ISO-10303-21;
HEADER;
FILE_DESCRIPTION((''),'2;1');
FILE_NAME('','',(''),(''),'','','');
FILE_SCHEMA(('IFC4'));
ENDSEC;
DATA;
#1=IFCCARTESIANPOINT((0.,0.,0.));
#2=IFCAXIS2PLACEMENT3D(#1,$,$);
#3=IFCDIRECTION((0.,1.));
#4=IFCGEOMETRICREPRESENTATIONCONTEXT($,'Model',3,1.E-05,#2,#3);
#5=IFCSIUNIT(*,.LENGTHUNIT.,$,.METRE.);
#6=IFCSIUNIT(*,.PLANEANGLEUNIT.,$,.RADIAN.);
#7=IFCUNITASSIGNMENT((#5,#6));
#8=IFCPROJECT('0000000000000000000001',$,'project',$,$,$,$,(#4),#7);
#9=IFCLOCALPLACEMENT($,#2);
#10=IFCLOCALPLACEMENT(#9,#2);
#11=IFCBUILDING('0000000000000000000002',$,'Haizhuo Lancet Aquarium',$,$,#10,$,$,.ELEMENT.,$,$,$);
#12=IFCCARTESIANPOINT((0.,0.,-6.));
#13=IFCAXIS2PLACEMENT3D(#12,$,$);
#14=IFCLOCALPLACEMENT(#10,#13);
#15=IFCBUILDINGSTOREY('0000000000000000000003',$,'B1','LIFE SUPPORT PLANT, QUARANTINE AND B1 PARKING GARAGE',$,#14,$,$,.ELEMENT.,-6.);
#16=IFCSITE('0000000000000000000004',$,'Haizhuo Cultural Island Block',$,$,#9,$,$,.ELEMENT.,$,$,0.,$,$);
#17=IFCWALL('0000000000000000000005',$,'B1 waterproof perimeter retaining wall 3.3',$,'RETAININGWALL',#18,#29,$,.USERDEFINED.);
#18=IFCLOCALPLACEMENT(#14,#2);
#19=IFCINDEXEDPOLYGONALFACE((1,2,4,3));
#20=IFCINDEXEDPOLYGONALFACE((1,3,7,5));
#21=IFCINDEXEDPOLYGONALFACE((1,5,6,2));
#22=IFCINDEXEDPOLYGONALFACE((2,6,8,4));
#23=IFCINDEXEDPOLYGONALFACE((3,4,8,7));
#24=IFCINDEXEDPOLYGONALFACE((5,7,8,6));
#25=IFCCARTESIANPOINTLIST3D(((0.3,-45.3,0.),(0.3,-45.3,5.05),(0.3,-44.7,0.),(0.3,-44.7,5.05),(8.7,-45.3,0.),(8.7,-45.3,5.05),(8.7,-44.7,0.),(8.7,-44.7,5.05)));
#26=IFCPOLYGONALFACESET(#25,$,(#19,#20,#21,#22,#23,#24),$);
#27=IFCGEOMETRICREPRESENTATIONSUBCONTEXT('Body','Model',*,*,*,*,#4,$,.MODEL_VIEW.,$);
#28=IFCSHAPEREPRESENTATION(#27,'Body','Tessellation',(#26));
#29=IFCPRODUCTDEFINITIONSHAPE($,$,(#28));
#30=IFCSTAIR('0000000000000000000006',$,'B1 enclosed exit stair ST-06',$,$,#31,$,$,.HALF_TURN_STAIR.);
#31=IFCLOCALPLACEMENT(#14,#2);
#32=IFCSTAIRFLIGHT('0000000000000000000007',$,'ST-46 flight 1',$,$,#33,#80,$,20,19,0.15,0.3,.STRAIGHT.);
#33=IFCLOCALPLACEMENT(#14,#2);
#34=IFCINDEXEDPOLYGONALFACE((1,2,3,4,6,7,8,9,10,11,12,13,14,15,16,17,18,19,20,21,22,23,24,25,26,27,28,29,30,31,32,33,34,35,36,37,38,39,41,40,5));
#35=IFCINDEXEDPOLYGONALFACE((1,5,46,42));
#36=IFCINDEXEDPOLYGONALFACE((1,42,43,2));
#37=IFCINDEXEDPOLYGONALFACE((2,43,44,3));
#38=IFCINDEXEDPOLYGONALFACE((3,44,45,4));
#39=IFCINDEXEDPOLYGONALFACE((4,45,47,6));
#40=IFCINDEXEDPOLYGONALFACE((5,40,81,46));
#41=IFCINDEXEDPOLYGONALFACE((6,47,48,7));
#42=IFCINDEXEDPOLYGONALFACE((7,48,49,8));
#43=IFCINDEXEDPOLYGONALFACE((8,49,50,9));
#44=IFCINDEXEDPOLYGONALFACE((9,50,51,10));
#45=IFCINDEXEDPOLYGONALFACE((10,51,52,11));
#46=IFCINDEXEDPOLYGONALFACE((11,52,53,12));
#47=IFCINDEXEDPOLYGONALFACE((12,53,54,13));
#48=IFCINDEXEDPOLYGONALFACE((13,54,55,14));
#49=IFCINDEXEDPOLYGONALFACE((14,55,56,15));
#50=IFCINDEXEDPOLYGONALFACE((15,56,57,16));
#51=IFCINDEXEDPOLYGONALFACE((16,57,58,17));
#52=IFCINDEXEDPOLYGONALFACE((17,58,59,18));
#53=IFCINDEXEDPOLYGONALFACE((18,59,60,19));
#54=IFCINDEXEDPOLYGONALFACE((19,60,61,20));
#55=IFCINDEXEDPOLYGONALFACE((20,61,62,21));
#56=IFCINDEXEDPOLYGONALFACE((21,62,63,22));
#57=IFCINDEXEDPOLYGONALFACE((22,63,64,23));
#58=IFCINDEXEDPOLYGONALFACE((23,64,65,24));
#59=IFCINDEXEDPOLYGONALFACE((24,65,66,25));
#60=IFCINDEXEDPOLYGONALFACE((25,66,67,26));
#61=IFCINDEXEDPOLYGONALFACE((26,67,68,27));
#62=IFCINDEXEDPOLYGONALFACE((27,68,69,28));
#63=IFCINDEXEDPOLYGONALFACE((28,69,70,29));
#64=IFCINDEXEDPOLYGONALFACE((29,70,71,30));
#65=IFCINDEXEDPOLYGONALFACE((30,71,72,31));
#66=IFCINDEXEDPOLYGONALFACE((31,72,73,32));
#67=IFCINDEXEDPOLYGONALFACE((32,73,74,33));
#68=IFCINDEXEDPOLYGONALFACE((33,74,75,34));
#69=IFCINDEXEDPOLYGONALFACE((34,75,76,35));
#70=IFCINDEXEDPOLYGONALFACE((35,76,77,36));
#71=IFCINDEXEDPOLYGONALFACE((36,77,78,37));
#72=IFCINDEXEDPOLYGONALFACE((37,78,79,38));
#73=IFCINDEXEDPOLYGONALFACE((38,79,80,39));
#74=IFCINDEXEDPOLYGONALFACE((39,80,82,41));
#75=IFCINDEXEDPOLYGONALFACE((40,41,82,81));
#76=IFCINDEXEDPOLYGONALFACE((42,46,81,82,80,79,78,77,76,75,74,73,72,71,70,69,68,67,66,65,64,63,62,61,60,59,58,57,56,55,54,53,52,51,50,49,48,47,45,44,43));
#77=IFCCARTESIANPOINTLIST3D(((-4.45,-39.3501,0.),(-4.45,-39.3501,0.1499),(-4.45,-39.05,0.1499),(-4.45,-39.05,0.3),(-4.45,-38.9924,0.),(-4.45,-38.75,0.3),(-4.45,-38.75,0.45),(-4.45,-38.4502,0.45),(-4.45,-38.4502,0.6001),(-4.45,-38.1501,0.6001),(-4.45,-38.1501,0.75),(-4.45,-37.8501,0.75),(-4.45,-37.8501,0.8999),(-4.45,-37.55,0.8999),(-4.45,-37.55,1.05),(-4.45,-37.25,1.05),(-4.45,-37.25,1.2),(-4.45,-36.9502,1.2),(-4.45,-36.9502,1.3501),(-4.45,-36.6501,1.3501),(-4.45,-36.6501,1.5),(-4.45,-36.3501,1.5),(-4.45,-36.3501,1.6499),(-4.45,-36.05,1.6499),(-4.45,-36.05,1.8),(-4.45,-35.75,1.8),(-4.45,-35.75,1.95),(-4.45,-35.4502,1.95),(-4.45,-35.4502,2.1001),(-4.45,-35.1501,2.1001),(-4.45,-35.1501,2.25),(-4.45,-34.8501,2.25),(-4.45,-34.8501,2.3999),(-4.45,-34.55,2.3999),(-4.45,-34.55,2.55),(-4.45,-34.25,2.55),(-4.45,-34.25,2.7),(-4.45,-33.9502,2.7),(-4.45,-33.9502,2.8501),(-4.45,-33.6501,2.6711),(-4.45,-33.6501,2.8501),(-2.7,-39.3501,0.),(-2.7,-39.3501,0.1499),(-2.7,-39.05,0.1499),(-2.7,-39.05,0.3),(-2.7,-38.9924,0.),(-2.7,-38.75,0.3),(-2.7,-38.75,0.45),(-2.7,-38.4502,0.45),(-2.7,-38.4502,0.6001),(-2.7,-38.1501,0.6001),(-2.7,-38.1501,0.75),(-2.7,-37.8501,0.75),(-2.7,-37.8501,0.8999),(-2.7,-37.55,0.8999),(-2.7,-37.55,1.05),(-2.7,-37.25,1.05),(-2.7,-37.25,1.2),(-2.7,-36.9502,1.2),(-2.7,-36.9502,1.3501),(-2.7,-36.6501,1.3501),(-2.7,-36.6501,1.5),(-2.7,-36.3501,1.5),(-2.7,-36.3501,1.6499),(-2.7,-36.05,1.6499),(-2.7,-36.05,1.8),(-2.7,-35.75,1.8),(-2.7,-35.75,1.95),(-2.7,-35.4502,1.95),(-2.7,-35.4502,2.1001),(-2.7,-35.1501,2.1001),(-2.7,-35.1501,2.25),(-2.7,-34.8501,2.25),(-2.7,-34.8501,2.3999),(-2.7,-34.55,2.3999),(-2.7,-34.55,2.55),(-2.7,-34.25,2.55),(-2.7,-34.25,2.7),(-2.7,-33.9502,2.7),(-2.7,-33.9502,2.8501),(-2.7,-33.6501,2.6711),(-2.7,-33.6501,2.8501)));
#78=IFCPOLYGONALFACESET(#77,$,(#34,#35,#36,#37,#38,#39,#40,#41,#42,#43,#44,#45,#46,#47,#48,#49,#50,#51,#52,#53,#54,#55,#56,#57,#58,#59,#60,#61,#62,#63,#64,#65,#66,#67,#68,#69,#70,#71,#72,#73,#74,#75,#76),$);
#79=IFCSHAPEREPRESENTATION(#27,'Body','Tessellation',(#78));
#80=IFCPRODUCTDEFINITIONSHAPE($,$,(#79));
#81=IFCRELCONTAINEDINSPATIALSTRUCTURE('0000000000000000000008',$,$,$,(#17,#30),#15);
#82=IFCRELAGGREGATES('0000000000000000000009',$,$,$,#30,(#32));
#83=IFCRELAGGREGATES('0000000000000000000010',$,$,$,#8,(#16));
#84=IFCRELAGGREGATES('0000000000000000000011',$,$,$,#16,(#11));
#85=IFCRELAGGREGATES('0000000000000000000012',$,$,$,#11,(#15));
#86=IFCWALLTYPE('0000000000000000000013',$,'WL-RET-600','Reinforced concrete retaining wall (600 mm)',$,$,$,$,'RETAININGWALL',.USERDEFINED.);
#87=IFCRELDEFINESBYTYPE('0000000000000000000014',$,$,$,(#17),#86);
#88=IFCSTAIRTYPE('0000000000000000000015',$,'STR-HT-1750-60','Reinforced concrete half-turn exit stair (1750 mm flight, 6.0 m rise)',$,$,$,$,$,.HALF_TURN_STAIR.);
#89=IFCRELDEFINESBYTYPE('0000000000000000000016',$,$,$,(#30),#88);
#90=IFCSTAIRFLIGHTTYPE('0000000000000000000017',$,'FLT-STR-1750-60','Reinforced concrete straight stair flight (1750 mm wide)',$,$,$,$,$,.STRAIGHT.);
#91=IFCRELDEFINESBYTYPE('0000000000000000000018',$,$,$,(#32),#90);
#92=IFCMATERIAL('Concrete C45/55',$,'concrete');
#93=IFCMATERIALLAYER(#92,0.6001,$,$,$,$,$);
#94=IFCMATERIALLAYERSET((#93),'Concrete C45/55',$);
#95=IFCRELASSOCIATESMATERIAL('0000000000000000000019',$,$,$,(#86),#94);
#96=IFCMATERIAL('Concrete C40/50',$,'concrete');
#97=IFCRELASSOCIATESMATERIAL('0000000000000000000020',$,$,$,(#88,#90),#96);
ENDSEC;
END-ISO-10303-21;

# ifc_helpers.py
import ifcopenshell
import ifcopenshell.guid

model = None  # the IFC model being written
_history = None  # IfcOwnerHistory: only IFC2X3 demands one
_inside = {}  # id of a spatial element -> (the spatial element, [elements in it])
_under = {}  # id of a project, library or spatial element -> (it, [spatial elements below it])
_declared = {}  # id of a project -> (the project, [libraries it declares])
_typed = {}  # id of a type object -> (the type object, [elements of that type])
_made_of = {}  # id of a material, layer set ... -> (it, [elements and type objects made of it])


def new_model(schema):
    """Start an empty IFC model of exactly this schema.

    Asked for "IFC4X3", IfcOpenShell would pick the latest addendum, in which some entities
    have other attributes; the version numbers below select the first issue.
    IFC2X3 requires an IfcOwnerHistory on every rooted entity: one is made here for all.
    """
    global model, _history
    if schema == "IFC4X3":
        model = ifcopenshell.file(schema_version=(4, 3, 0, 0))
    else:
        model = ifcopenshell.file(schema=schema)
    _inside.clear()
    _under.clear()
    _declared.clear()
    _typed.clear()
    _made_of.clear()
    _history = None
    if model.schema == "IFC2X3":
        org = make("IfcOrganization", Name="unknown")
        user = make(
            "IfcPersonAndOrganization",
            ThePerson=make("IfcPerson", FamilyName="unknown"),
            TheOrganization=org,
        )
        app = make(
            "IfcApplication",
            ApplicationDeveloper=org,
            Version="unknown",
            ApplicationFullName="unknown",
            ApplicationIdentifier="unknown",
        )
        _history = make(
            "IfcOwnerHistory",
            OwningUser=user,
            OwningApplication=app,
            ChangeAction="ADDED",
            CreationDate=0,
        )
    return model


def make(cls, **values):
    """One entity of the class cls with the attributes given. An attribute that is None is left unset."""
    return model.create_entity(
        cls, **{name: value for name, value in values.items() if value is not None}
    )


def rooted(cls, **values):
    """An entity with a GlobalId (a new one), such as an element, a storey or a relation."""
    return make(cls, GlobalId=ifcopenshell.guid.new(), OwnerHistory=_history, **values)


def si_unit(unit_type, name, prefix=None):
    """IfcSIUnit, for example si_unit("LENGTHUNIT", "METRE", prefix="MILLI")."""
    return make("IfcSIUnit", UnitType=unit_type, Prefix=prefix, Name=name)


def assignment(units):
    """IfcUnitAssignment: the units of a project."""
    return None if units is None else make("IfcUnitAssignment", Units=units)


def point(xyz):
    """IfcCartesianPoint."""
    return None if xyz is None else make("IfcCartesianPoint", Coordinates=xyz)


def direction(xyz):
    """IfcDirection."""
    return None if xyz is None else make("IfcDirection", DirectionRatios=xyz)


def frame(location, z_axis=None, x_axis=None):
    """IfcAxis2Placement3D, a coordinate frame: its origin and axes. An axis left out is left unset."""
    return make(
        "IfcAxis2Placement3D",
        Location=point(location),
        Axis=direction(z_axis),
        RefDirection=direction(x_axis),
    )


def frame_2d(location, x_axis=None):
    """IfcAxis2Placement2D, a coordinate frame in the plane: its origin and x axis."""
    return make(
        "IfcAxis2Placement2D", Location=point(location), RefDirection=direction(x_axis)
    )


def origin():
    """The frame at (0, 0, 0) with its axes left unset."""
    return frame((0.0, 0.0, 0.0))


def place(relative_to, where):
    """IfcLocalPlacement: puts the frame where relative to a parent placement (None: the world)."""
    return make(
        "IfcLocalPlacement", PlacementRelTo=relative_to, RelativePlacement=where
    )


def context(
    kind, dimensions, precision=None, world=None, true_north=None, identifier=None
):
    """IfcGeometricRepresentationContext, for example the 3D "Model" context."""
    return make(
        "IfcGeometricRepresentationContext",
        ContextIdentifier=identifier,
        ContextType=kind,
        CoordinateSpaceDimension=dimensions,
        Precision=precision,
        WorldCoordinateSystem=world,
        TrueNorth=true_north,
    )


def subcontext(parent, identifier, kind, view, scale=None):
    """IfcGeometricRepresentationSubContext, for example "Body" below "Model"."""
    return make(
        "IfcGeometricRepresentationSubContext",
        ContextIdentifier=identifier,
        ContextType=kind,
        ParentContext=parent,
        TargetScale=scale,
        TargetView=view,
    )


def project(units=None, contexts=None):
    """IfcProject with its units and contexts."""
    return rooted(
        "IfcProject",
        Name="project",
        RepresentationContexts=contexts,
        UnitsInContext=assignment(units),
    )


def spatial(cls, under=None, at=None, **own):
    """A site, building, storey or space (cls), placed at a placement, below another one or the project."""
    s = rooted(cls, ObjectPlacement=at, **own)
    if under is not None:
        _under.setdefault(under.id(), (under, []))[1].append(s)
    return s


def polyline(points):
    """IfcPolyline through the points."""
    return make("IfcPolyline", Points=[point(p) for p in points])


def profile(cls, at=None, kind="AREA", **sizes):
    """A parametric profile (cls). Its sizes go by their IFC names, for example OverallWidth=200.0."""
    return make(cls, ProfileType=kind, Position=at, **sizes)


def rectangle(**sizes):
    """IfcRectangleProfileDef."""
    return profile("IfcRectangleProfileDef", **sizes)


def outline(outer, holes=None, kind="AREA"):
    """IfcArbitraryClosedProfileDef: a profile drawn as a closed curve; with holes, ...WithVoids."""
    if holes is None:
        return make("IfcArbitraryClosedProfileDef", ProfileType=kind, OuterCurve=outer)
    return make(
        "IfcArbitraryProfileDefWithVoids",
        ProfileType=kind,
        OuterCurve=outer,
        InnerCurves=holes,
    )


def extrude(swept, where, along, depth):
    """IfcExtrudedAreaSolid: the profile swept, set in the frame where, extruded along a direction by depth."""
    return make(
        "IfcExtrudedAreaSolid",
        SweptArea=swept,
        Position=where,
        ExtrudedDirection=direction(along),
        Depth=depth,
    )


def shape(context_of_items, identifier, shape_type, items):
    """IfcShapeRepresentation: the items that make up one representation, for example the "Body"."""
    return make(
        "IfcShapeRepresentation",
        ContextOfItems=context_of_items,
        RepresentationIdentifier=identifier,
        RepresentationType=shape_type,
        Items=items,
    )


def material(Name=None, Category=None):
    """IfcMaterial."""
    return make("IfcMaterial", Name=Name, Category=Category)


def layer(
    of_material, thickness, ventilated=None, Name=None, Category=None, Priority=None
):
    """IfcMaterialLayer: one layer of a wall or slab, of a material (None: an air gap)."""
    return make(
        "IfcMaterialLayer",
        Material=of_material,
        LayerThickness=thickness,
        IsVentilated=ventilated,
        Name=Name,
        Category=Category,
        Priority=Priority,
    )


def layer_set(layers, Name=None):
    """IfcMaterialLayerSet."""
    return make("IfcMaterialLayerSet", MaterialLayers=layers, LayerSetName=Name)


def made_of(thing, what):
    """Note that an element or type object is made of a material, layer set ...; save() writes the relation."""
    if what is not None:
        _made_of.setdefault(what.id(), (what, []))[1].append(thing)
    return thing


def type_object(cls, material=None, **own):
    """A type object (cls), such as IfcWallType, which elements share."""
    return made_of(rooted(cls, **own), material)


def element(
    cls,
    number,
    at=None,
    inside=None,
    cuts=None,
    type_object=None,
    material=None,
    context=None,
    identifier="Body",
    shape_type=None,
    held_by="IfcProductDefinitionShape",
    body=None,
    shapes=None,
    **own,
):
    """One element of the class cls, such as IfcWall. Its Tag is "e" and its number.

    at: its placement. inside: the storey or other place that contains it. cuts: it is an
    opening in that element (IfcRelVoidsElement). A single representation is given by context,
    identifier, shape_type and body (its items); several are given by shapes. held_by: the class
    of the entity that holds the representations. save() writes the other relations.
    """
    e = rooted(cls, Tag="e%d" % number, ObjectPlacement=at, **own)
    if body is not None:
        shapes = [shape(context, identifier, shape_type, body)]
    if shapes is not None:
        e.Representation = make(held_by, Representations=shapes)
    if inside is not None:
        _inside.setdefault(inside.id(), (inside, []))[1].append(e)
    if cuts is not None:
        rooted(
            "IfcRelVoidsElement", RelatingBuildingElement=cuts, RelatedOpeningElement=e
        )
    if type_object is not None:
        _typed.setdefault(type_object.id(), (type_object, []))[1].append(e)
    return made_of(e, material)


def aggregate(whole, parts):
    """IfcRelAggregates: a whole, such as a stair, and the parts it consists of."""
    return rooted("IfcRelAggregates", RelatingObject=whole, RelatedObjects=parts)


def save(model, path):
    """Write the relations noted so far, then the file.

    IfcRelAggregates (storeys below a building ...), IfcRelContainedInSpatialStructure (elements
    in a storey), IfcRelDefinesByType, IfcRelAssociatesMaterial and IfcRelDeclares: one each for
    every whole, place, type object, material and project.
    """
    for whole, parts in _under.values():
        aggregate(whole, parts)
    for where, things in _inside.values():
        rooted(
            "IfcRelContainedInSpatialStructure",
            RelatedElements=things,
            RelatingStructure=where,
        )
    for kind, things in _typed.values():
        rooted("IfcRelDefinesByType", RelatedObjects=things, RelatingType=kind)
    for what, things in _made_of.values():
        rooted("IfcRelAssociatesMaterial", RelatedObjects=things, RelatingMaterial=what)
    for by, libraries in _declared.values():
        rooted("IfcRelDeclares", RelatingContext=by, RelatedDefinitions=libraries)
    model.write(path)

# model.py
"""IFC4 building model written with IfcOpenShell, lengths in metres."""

from ifc_helpers import new_model, si_unit, direction, frame, frame_2d, origin, place, context, subcontext, project, spatial, polyline, rectangle, outline, extrude, material, layer, layer_set, type_object, element, aggregate, save


model = new_model("IFC4")

# Units and contexts
model_context = context("Model", 3, precision=1e-05, world=origin(), true_north=direction((0.0, 1.0)))
body_context = subcontext(model_context, "Body", "Model", "MODEL_VIEW")
ifc_project = project(units=[si_unit("LENGTHUNIT", "METRE"), si_unit("PLANEANGLEUNIT", "RADIAN")], contexts=[model_context])

# Site, building, storey
site_placement = place(None, origin())
site = spatial("IfcSite", under=ifc_project, at=site_placement, Name="Haizhuo Cultural Island Block", CompositionType="ELEMENT", RefElevation=0.0)
building_placement = place(site_placement, origin())
building = spatial("IfcBuilding", under=site, at=building_placement, Name="Haizhuo Lancet Aquarium", CompositionType="ELEMENT")
storey_placement = place(building_placement, frame((0.0, 0.0, -6.0)))
storey = spatial("IfcBuildingStorey", under=building, at=storey_placement, Name="B1", Description="LIFE SUPPORT PLANT, QUARANTINE AND B1 PARKING GARAGE", CompositionType="ELEMENT", Elevation=-6.0)

# Shared definitions
ifc_material_1 = material(Name="Concrete C40/50", Category="concrete")

# Wall
ifc_material_2 = material(Name="Concrete C45/55", Category="concrete")
ifc_layer_1 = layer(ifc_material_2, 0.6001)
ifc_layer_set_1 = layer_set([ifc_layer_1], Name="Concrete C45/55")
wall_type_1 = type_object("IfcWallType", Name="WL-RET-600", Description="Reinforced concrete retaining wall (600 mm)", ElementType="RETAININGWALL", PredefinedType="USERDEFINED", material=ifc_layer_set_1)
wall_1_placement = place(storey_placement, frame((0.3, -45.0, 0.0), z_axis=(0.0, 0.0, 1.0), x_axis=(1.0, 0.0, 0.0)))
element("IfcWall", 1, at=wall_1_placement, inside=storey, type_object=wall_type_1, Name="B1 waterproof perimeter retaining wall 3.3", ObjectType="RETAININGWALL", PredefinedType="USERDEFINED", context=body_context, shape_type="SweptSolid", body=[
    extrude(rectangle(XDim=8.3999, YDim=0.6001, at=frame_2d((4.2, 0.0))), origin(), (0.0, 0.0, 1.0), 5.05),
])

# Stair, stair flight
stair_type = type_object("IfcStairType", Name="STR-HT-1750-60", Description="Reinforced concrete half-turn exit stair (1750 mm flight, 6.0 m rise)", PredefinedType="HALF_TURN_STAIR", material=ifc_material_1)
stair_placement = place(storey_placement, origin())
stair = element("IfcStair", 2, at=stair_placement, inside=storey, type_object=stair_type, Name="B1 enclosed exit stair ST-06", PredefinedType="HALF_TURN_STAIR")
stair_flight_type = type_object("IfcStairFlightType", Name="FLT-STR-1750-60", Description="Reinforced concrete straight stair flight (1750 mm wide)", PredefinedType="STRAIGHT", material=ifc_material_1)
stair_flight_placement = place(storey_placement, frame((-3.575, -39.3501, 0.0), z_axis=(0.0, 0.0, 1.0), x_axis=(0.0, 1.0, 0.0)))
stair_flight = element("IfcStairFlight", 3, at=stair_flight_placement, type_object=stair_flight_type, Name="ST-46 flight 1", NumberOfRisers=20, NumberOfTreads=19, PredefinedType="STRAIGHT", RiserHeight=0.15, TreadLength=0.3, context=body_context, shape_type="SweptSolid", body=[
    extrude(outline(polyline([(0.0, 0.0), (0.0, 0.1499), (0.3, 0.1499), (0.3, 0.3), (0.6001, 0.3), (0.6001, 0.45), (0.8999, 0.45), (0.8999, 0.6001), (1.2, 0.6001), (1.2, 0.75), (1.5, 0.75), (1.5, 0.8999), (1.8, 0.8999), (1.8, 1.05), (2.1001, 1.05), (2.1001, 1.2), (2.3999, 1.2), (2.3999, 1.3501), (2.7, 1.3501), (2.7, 1.5), (3.0, 1.5), (3.0, 1.6499), (3.3, 1.6499), (3.3, 1.8), (3.6001, 1.8), (3.6001, 1.95), (3.8999, 1.95), (3.8999, 2.1001), (4.2, 2.1001), (4.2, 2.25), (4.5, 2.25), (4.5, 2.3999), (4.8, 2.3999), (4.8, 2.55), (5.1001, 2.55), (5.1001, 2.7), (5.3999, 2.7), (5.3999, 2.8501), (5.7, 2.8501), (5.7, 3.0), (5.7, 2.6711), (0.3577, 0.0), (0.0, 0.0)])), frame((0.0, 0.875, 0.0), z_axis=(0.0, -1.0, 0.0), x_axis=(1.0, 0.0, 0.0)), (0.0, 0.0, 1.0), 1.75),
])
aggregate(stair, [stair_flight])

save(model, "model.ifc")
